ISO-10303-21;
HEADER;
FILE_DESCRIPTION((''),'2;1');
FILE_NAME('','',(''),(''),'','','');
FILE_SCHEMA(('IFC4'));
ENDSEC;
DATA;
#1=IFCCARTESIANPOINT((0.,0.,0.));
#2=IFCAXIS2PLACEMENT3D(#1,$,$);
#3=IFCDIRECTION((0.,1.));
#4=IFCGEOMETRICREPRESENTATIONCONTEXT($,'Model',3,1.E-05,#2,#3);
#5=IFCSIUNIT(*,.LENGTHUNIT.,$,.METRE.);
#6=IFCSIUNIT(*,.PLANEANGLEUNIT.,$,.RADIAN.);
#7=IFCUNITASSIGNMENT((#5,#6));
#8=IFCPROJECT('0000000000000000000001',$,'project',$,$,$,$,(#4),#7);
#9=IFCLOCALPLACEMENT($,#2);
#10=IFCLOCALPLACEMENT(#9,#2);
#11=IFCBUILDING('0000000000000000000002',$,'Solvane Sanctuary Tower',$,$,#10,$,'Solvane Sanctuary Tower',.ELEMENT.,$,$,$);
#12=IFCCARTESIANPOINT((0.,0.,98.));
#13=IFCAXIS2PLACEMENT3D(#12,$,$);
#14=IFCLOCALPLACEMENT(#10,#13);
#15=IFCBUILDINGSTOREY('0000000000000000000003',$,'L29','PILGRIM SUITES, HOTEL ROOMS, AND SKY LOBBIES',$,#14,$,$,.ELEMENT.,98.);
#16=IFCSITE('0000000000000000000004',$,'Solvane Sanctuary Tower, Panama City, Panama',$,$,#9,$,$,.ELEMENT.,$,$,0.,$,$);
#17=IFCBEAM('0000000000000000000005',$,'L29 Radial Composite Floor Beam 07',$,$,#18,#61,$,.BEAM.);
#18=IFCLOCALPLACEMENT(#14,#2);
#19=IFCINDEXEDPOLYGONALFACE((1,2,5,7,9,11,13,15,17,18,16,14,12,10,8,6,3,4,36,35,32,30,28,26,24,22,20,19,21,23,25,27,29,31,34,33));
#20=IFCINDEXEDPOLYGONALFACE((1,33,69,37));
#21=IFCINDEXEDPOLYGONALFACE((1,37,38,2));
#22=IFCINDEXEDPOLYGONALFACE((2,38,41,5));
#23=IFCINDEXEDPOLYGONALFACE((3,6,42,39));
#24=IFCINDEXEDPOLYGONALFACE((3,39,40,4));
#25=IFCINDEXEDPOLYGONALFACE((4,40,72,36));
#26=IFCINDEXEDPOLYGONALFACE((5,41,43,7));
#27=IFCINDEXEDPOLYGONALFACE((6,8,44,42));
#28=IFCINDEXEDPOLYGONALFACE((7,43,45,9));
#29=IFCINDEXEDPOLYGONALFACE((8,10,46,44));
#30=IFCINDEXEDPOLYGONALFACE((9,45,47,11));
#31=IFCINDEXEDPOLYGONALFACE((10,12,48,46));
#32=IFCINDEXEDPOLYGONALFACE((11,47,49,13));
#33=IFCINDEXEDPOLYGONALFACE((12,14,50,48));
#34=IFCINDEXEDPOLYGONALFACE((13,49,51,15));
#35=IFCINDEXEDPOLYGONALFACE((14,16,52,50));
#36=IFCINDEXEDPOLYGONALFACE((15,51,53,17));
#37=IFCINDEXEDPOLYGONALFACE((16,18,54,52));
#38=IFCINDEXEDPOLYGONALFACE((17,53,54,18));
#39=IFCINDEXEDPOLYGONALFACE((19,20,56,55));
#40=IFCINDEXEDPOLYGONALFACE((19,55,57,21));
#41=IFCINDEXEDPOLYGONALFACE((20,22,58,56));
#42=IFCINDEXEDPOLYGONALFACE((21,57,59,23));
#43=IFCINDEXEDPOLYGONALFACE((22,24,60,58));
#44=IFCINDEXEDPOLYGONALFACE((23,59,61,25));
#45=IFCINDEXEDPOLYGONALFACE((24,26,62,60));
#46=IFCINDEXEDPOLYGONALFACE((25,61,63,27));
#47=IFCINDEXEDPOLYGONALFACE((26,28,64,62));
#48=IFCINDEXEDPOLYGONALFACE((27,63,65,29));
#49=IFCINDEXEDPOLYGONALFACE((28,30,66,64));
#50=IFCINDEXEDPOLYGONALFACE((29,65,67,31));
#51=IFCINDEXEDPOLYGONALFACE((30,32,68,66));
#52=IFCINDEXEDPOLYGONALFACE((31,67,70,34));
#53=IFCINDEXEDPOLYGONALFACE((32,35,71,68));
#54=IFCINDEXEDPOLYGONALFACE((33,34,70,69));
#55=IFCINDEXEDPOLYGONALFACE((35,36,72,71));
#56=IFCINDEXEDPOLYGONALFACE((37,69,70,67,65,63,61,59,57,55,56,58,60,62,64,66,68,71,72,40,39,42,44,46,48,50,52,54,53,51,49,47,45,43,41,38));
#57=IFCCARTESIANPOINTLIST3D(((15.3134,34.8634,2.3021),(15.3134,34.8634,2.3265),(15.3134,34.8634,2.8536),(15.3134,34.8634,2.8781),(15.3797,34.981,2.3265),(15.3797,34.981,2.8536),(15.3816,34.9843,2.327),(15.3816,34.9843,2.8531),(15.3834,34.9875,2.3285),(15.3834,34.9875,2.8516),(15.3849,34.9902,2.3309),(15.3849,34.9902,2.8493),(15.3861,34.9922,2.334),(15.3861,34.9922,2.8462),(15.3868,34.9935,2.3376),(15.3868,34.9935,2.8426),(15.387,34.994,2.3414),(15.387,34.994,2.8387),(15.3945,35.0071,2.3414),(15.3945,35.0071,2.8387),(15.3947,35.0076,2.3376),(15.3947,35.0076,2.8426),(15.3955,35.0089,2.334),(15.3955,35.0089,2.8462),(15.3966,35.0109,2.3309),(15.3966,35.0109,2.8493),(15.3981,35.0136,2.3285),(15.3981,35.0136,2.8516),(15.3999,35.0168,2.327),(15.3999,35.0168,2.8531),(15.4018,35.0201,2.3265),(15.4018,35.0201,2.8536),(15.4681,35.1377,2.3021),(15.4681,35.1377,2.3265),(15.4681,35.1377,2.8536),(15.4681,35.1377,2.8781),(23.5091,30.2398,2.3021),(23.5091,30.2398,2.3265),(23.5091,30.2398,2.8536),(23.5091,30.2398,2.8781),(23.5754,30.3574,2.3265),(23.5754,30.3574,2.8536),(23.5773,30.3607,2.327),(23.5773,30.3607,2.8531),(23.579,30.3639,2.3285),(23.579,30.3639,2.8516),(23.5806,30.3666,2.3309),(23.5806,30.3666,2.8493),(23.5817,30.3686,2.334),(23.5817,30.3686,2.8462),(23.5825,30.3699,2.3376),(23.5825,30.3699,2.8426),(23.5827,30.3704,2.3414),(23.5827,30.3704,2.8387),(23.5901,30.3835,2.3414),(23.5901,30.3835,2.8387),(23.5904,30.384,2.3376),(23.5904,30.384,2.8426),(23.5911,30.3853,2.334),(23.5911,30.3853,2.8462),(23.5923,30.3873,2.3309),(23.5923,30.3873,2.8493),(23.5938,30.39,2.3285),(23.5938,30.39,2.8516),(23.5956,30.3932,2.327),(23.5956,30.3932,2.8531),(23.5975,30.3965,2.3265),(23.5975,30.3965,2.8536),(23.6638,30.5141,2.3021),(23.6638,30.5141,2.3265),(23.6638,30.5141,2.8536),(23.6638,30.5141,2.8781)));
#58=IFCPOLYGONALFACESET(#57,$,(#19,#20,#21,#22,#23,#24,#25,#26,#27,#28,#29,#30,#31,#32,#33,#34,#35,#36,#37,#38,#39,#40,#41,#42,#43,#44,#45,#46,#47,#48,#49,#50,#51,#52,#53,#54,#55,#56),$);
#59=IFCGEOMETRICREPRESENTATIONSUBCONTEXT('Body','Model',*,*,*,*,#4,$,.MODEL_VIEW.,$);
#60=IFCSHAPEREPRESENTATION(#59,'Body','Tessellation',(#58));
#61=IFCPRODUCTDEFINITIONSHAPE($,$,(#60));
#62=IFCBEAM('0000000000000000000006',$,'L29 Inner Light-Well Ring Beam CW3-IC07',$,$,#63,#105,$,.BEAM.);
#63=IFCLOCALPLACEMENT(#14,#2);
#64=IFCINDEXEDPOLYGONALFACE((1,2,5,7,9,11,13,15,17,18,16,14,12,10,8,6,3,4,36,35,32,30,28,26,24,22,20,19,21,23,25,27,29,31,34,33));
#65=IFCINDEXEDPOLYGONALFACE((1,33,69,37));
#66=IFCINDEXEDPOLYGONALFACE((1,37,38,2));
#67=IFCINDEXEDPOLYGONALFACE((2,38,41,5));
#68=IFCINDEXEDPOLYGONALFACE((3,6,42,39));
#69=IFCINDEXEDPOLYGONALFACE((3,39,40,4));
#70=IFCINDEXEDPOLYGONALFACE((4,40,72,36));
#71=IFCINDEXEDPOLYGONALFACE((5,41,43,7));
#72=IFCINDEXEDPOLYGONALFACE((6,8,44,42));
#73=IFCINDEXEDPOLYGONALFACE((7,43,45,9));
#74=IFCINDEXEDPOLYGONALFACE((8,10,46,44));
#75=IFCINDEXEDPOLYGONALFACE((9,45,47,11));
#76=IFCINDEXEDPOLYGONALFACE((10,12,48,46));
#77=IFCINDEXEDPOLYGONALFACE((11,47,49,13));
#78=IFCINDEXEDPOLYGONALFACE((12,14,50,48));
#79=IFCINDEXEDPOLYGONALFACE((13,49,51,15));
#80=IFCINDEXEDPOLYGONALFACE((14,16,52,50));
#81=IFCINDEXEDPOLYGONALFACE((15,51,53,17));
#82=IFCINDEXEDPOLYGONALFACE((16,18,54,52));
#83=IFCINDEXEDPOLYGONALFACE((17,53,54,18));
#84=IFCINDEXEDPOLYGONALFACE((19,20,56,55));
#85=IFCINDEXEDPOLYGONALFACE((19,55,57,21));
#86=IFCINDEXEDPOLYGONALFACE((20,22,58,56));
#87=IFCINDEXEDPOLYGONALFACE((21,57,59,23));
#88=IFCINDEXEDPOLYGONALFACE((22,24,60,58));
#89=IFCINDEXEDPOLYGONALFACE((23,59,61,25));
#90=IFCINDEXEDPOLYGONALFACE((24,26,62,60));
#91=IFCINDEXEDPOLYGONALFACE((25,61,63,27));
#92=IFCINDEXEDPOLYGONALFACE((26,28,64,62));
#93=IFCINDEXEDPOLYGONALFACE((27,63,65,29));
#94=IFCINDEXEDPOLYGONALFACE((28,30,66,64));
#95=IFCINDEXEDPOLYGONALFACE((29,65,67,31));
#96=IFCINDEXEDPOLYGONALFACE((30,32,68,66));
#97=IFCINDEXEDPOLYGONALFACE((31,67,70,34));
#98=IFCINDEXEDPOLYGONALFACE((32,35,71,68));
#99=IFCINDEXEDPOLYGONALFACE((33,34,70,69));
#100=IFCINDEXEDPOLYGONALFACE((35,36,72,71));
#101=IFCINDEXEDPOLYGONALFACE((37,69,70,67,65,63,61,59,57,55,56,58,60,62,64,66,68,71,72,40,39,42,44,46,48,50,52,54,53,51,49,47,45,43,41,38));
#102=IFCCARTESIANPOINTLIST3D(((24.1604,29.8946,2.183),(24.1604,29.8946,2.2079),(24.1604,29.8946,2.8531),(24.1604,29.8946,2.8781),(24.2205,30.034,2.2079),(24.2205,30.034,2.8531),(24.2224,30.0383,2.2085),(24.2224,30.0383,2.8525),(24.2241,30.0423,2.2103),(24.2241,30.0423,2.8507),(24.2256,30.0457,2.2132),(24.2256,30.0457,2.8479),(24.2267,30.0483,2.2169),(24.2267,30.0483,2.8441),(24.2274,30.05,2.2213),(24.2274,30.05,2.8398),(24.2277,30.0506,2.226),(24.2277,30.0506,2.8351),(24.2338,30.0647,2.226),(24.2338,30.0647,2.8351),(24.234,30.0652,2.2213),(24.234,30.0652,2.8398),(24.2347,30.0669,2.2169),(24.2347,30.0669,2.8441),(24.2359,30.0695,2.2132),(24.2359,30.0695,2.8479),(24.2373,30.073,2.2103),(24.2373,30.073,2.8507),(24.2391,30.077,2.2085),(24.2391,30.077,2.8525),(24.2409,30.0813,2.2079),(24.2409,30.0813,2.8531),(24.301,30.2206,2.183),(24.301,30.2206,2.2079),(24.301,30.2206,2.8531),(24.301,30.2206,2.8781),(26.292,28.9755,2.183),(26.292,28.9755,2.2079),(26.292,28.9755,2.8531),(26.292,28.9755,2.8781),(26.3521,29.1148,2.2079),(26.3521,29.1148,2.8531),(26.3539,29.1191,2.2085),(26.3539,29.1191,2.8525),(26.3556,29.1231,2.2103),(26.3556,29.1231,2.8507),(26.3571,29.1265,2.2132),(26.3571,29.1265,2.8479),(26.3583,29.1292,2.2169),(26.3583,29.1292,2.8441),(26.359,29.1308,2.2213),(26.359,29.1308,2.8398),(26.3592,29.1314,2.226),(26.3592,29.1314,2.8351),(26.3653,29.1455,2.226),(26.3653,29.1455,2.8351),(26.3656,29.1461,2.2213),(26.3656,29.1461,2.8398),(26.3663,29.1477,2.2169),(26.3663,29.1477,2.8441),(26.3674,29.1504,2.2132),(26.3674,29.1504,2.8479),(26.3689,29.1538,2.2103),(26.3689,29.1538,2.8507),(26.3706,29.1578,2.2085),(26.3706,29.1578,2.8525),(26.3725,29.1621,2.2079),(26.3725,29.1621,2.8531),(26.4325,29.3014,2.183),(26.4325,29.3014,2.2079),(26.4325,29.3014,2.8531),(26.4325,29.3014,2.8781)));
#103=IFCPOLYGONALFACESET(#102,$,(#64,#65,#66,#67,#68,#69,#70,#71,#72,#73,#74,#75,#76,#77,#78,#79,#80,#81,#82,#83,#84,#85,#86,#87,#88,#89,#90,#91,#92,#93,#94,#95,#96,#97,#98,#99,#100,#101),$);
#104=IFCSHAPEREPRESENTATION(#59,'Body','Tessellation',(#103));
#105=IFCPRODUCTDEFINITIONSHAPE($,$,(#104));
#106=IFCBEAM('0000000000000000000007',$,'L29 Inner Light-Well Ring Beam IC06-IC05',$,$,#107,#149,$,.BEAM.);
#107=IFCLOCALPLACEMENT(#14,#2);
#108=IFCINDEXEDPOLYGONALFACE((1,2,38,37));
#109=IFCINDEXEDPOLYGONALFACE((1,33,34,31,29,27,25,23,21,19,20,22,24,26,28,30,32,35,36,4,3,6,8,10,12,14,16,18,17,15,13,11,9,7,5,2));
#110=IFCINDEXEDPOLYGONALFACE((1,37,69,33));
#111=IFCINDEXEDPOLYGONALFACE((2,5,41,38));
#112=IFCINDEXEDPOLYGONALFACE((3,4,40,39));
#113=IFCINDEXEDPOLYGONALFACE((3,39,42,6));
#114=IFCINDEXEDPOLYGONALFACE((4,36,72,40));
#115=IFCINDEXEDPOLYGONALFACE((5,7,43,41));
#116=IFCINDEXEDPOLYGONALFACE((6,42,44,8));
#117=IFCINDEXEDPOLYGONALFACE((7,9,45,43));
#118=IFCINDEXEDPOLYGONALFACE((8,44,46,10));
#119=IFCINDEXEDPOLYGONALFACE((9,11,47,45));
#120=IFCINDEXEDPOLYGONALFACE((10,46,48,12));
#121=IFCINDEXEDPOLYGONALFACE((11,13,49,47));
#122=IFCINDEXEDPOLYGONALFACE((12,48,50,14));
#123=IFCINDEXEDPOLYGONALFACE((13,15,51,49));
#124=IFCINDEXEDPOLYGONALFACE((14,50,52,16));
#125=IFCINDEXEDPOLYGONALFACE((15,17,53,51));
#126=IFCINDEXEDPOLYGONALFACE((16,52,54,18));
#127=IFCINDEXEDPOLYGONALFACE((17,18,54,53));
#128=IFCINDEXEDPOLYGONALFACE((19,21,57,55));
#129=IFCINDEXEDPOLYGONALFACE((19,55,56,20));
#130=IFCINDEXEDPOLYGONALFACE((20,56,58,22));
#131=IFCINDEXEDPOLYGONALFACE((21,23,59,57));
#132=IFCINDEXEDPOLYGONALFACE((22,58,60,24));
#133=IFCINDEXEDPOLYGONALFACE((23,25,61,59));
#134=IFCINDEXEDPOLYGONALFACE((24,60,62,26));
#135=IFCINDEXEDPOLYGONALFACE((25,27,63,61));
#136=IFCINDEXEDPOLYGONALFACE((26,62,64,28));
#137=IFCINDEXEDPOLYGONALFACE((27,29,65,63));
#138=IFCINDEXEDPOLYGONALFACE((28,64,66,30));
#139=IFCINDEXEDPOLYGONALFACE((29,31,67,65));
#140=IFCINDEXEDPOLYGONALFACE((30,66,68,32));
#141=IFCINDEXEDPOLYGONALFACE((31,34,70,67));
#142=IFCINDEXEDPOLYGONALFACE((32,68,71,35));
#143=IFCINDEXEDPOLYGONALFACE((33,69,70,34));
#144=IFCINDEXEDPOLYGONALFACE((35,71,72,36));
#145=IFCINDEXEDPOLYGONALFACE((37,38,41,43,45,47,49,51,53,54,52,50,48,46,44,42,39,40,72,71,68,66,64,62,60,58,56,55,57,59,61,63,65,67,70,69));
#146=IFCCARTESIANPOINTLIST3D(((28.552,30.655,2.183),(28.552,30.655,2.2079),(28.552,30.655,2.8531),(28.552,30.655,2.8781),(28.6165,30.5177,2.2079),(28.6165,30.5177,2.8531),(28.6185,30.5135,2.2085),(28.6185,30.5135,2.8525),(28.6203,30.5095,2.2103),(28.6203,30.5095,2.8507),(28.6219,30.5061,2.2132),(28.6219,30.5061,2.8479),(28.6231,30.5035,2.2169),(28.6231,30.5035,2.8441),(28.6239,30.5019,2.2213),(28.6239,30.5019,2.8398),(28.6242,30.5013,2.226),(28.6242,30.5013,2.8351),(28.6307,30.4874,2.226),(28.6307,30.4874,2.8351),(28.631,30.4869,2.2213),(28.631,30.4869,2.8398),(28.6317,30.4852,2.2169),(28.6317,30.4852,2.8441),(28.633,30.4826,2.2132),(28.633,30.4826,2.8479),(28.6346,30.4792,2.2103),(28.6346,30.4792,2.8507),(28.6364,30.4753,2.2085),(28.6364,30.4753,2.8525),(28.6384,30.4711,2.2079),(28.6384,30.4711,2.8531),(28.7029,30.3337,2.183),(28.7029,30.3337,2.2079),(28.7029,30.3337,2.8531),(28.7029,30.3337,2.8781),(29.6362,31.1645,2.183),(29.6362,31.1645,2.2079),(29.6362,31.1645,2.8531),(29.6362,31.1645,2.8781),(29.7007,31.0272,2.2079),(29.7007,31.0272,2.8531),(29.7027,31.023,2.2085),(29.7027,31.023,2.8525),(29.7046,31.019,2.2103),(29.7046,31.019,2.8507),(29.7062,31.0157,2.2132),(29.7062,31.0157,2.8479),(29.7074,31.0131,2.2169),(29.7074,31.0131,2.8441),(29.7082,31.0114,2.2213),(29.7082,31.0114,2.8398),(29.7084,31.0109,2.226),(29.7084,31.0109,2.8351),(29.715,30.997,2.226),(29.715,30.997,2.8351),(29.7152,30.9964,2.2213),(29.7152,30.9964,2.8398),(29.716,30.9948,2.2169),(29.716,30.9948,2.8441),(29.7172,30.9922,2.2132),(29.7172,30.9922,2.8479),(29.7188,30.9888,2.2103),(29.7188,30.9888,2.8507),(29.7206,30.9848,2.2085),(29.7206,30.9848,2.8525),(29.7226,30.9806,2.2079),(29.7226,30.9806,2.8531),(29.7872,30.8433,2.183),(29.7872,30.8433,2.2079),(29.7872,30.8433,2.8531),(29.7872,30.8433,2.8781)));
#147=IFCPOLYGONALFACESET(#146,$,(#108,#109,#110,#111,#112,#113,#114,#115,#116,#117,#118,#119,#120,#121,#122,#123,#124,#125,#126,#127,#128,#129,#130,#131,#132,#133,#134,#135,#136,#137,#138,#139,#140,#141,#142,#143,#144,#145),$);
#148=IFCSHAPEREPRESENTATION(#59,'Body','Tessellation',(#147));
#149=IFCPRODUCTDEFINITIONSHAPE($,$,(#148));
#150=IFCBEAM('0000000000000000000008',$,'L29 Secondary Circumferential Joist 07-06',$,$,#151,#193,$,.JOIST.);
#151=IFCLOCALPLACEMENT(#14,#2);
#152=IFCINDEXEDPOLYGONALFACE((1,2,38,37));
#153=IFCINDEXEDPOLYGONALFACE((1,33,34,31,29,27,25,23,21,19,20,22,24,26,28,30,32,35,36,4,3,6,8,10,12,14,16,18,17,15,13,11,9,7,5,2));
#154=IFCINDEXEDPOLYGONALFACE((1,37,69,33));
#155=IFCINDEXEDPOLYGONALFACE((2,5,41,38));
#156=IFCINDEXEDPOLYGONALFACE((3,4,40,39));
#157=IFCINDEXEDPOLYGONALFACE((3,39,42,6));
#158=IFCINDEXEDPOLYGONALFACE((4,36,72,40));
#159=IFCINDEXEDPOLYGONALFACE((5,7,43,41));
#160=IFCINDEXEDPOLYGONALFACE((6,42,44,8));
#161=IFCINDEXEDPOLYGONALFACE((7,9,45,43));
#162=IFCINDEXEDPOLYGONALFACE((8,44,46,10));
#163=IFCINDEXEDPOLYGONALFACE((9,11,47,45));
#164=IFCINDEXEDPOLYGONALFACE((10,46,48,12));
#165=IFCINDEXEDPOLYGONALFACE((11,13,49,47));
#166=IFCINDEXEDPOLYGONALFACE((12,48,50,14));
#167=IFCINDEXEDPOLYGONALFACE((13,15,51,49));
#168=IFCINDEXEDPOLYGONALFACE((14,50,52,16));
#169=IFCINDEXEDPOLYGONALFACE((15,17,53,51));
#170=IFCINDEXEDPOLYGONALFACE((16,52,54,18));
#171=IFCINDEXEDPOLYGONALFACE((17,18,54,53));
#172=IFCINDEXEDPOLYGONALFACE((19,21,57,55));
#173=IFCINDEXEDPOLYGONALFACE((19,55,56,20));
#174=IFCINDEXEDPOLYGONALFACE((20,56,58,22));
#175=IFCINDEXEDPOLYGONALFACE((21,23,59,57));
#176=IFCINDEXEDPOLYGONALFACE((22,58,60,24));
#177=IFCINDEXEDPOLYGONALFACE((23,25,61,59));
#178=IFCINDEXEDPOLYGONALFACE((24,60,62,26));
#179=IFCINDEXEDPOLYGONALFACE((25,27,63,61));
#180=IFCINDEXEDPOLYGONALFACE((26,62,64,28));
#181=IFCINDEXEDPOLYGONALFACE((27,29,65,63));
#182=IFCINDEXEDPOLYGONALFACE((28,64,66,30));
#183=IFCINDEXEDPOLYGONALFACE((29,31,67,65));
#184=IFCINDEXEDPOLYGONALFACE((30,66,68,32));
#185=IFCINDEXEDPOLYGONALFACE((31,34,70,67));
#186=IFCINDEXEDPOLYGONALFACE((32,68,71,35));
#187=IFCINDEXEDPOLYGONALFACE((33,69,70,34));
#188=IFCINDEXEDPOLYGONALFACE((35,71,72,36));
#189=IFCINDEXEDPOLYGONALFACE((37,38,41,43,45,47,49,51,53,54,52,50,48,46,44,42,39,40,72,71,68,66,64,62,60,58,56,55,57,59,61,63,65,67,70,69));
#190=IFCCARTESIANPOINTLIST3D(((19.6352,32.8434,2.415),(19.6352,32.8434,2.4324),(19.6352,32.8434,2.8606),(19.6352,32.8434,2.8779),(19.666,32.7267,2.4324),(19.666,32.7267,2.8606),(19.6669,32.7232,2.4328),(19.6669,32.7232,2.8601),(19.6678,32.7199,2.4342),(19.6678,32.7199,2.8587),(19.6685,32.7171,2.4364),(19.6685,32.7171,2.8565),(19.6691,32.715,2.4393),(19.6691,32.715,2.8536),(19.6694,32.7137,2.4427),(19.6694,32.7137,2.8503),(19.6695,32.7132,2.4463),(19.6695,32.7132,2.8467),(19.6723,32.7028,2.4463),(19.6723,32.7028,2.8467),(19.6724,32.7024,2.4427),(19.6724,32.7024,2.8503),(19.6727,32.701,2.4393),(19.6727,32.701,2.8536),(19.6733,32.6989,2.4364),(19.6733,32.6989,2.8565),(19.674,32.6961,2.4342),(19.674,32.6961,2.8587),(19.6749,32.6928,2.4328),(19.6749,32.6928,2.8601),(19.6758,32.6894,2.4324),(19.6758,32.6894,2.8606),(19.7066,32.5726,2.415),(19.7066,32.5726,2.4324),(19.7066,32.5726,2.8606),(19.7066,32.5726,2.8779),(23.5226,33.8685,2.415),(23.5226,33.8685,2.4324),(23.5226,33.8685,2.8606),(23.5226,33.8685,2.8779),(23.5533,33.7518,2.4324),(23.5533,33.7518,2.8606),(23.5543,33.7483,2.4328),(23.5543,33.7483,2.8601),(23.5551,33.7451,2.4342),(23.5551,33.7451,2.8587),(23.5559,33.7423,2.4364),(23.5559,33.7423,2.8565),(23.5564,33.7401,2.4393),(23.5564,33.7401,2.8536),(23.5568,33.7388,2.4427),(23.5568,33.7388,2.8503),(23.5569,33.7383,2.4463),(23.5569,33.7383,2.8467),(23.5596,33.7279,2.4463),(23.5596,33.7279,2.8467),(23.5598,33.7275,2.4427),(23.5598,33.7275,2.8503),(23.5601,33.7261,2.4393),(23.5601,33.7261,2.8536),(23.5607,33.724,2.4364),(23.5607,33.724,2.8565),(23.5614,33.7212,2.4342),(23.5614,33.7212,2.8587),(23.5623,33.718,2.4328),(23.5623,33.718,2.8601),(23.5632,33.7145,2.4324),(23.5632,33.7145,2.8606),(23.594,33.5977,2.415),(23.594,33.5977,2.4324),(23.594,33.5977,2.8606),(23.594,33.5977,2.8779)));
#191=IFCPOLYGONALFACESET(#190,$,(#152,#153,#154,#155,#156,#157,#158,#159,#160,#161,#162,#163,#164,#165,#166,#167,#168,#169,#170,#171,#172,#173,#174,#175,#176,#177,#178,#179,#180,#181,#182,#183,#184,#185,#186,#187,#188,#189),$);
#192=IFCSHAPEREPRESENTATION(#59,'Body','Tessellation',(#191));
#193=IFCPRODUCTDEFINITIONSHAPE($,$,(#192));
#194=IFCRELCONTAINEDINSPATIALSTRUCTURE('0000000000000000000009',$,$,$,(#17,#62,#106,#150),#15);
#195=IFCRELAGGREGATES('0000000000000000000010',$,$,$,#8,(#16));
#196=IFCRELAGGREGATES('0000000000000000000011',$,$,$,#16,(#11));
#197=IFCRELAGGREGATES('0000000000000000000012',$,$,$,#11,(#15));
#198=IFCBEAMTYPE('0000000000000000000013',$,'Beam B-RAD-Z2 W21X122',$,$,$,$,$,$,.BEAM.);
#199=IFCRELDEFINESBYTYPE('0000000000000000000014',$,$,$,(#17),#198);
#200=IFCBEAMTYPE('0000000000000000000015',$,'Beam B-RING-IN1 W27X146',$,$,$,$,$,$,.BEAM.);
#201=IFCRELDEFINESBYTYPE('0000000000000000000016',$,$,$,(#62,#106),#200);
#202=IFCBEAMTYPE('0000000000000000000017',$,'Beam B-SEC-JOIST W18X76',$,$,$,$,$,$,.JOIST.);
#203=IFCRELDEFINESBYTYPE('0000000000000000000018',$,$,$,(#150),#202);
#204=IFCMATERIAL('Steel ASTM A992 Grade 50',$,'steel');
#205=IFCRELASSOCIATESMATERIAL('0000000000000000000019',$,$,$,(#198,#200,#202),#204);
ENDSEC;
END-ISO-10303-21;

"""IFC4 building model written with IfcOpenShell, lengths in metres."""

from ifc_helpers import new_model, si_unit, direction, frame, origin, origin_2d, place, context, subcontext, project, spatial, i_section, extrude, material, material_profile, profile_set, type_object, element, save


model = new_model("IFC4")

# Units and contexts
model_context = context("Model", 3, precision=1e-05, world=origin(), true_north=direction((0.0, 1.0)))
body_context = subcontext(model_context, "Body", "Model", "MODEL_VIEW")
ifc_project = project(units=[si_unit("LENGTHUNIT", "METRE"), si_unit("PLANEANGLEUNIT", "RADIAN")], contexts=[model_context])

# Site, building, storey
site_placement = place(None, origin())
site = spatial("IfcSite", under=ifc_project, at=site_placement, Name="Solvane Sanctuary Tower, Panama City, Panama", CompositionType="ELEMENT", RefElevation=0.0)
building_placement = place(site_placement, origin())
building = spatial("IfcBuilding", under=site, at=building_placement, Name="Solvane Sanctuary Tower", LongName="Solvane Sanctuary Tower", CompositionType="ELEMENT")
storey_placement = place(building_placement, frame((0.0, 0.0, 98.0)))
storey = spatial("IfcBuildingStorey", under=building, at=storey_placement, Name="L29", Description="PILGRIM SUITES, HOTEL ROOMS, AND SKY LOBBIES", CompositionType="ELEMENT", Elevation=98.0)

# Beams
ifc_material_1 = material(Name="Steel ASTM A992 Grade 50", Category="steel")
ifc_material_profile_1 = material_profile(ifc_material_1, i_section(OverallWidth=0.3149, OverallDepth=0.5759, WebThickness=0.0151, FlangeThickness=0.0244, FilletRadius=0.0149, at=origin_2d()), Name="W21X122")
ifc_profile_set_1 = profile_set([ifc_material_profile_1], Name="Steel ASTM A992 Grade 50")
beam_type_1 = type_object("IfcBeamType", Name="Beam B-RAD-Z2 W21X122", PredefinedType="BEAM", material=ifc_profile_set_1)
beam_1_placement = place(storey_placement, frame((23.5864, 30.377, 2.5901), z_axis=(-0.87096, 0.491353, 0.0), x_axis=(-0.491353, -0.87096, 0.0)))
element("IfcBeam", 1, at=beam_1_placement, inside=storey, type_object=beam_type_1, Name="L29 Radial Composite Floor Beam 07", PredefinedType="BEAM", context=body_context, shape_type="SweptSolid", body=[
    extrude(i_section(OverallWidth=0.3149, OverallDepth=0.5759, WebThickness=0.0151, FlangeThickness=0.0244, FilletRadius=0.0149, at=origin_2d()), origin(), (0.0, 0.0, 1.0), 9.4099),
])
ifc_material_profile_2 = material_profile(ifc_material_1, i_section(OverallWidth=0.355, OverallDepth=0.6951, WebThickness=0.0154, FlangeThickness=0.0249, FilletRadius=0.0181, at=origin_2d()), Name="W27X146")
ifc_profile_set_2 = profile_set([ifc_material_profile_2], Name="Steel ASTM A992 Grade 50")
beam_type_2 = type_object("IfcBeamType", Name="Beam B-RING-IN1 W27X146", PredefinedType="BEAM", material=ifc_profile_set_2)
beam_2_placement = place(storey_placement, frame((24.2307, 30.0576, 2.5305), z_axis=(0.918261, -0.395975, 0.0), x_axis=(0.395975, 0.918261, 0.0)))
element("IfcBeam", 2, at=beam_2_placement, inside=storey, type_object=beam_type_2, Name="L29 Inner Light-Well Ring Beam CW3-IC07", PredefinedType="BEAM", context=body_context, shape_type="SweptSolid", body=[
    extrude(i_section(OverallWidth=0.355, OverallDepth=0.6951, WebThickness=0.0154, FlangeThickness=0.0249, FilletRadius=0.0181, at=origin_2d()), origin(), (0.0, 0.0, 1.0), 2.3213),
])
beam_3_placement = place(storey_placement, frame((28.6274, 30.4944, 2.5305), z_axis=(0.905045, 0.425316, 0.0), x_axis=(-0.425316, 0.905045, 0.0)))
element("IfcBeam", 3, at=beam_3_placement, inside=storey, type_object=beam_type_2, Name="L29 Inner Light-Well Ring Beam IC06-IC05", PredefinedType="BEAM", context=body_context, shape_type="SweptSolid", body=[
    extrude(i_section(OverallWidth=0.355, OverallDepth=0.6951, WebThickness=0.0154, FlangeThickness=0.0249, FilletRadius=0.0181, at=origin_2d()), origin(), (0.0, 0.0, 1.0), 1.198),
])
ifc_material_profile_3 = material_profile(ifc_material_1, i_section(OverallWidth=0.28, OverallDepth=0.4629, WebThickness=0.0107, FlangeThickness=0.0173, FilletRadius=0.0139, at=origin_2d()), Name="W18X76")
ifc_profile_set_3 = profile_set([ifc_material_profile_3], Name="Steel ASTM A992 Grade 50")
beam_type_3 = type_object("IfcBeamType", Name="Beam B-SEC-JOIST W18X76", PredefinedType="JOIST", material=ifc_profile_set_3)
beam_4_placement = place(storey_placement, frame((19.6709, 32.708, 2.6465), z_axis=(0.966944, 0.254989, 0.0), x_axis=(-0.254989, 0.966944, 0.0)))
element("IfcBeam", 4, at=beam_4_placement, inside=storey, type_object=beam_type_3, Name="L29 Secondary Circumferential Joist 07-06", PredefinedType="JOIST", context=body_context, shape_type="SweptSolid", body=[
    extrude(i_section(OverallWidth=0.28, OverallDepth=0.4629, WebThickness=0.0107, FlangeThickness=0.0173, FilletRadius=0.0139, at=origin_2d()), origin(), (0.0, 0.0, 1.0), 4.0203),
])

save(model, "model.ifc")
